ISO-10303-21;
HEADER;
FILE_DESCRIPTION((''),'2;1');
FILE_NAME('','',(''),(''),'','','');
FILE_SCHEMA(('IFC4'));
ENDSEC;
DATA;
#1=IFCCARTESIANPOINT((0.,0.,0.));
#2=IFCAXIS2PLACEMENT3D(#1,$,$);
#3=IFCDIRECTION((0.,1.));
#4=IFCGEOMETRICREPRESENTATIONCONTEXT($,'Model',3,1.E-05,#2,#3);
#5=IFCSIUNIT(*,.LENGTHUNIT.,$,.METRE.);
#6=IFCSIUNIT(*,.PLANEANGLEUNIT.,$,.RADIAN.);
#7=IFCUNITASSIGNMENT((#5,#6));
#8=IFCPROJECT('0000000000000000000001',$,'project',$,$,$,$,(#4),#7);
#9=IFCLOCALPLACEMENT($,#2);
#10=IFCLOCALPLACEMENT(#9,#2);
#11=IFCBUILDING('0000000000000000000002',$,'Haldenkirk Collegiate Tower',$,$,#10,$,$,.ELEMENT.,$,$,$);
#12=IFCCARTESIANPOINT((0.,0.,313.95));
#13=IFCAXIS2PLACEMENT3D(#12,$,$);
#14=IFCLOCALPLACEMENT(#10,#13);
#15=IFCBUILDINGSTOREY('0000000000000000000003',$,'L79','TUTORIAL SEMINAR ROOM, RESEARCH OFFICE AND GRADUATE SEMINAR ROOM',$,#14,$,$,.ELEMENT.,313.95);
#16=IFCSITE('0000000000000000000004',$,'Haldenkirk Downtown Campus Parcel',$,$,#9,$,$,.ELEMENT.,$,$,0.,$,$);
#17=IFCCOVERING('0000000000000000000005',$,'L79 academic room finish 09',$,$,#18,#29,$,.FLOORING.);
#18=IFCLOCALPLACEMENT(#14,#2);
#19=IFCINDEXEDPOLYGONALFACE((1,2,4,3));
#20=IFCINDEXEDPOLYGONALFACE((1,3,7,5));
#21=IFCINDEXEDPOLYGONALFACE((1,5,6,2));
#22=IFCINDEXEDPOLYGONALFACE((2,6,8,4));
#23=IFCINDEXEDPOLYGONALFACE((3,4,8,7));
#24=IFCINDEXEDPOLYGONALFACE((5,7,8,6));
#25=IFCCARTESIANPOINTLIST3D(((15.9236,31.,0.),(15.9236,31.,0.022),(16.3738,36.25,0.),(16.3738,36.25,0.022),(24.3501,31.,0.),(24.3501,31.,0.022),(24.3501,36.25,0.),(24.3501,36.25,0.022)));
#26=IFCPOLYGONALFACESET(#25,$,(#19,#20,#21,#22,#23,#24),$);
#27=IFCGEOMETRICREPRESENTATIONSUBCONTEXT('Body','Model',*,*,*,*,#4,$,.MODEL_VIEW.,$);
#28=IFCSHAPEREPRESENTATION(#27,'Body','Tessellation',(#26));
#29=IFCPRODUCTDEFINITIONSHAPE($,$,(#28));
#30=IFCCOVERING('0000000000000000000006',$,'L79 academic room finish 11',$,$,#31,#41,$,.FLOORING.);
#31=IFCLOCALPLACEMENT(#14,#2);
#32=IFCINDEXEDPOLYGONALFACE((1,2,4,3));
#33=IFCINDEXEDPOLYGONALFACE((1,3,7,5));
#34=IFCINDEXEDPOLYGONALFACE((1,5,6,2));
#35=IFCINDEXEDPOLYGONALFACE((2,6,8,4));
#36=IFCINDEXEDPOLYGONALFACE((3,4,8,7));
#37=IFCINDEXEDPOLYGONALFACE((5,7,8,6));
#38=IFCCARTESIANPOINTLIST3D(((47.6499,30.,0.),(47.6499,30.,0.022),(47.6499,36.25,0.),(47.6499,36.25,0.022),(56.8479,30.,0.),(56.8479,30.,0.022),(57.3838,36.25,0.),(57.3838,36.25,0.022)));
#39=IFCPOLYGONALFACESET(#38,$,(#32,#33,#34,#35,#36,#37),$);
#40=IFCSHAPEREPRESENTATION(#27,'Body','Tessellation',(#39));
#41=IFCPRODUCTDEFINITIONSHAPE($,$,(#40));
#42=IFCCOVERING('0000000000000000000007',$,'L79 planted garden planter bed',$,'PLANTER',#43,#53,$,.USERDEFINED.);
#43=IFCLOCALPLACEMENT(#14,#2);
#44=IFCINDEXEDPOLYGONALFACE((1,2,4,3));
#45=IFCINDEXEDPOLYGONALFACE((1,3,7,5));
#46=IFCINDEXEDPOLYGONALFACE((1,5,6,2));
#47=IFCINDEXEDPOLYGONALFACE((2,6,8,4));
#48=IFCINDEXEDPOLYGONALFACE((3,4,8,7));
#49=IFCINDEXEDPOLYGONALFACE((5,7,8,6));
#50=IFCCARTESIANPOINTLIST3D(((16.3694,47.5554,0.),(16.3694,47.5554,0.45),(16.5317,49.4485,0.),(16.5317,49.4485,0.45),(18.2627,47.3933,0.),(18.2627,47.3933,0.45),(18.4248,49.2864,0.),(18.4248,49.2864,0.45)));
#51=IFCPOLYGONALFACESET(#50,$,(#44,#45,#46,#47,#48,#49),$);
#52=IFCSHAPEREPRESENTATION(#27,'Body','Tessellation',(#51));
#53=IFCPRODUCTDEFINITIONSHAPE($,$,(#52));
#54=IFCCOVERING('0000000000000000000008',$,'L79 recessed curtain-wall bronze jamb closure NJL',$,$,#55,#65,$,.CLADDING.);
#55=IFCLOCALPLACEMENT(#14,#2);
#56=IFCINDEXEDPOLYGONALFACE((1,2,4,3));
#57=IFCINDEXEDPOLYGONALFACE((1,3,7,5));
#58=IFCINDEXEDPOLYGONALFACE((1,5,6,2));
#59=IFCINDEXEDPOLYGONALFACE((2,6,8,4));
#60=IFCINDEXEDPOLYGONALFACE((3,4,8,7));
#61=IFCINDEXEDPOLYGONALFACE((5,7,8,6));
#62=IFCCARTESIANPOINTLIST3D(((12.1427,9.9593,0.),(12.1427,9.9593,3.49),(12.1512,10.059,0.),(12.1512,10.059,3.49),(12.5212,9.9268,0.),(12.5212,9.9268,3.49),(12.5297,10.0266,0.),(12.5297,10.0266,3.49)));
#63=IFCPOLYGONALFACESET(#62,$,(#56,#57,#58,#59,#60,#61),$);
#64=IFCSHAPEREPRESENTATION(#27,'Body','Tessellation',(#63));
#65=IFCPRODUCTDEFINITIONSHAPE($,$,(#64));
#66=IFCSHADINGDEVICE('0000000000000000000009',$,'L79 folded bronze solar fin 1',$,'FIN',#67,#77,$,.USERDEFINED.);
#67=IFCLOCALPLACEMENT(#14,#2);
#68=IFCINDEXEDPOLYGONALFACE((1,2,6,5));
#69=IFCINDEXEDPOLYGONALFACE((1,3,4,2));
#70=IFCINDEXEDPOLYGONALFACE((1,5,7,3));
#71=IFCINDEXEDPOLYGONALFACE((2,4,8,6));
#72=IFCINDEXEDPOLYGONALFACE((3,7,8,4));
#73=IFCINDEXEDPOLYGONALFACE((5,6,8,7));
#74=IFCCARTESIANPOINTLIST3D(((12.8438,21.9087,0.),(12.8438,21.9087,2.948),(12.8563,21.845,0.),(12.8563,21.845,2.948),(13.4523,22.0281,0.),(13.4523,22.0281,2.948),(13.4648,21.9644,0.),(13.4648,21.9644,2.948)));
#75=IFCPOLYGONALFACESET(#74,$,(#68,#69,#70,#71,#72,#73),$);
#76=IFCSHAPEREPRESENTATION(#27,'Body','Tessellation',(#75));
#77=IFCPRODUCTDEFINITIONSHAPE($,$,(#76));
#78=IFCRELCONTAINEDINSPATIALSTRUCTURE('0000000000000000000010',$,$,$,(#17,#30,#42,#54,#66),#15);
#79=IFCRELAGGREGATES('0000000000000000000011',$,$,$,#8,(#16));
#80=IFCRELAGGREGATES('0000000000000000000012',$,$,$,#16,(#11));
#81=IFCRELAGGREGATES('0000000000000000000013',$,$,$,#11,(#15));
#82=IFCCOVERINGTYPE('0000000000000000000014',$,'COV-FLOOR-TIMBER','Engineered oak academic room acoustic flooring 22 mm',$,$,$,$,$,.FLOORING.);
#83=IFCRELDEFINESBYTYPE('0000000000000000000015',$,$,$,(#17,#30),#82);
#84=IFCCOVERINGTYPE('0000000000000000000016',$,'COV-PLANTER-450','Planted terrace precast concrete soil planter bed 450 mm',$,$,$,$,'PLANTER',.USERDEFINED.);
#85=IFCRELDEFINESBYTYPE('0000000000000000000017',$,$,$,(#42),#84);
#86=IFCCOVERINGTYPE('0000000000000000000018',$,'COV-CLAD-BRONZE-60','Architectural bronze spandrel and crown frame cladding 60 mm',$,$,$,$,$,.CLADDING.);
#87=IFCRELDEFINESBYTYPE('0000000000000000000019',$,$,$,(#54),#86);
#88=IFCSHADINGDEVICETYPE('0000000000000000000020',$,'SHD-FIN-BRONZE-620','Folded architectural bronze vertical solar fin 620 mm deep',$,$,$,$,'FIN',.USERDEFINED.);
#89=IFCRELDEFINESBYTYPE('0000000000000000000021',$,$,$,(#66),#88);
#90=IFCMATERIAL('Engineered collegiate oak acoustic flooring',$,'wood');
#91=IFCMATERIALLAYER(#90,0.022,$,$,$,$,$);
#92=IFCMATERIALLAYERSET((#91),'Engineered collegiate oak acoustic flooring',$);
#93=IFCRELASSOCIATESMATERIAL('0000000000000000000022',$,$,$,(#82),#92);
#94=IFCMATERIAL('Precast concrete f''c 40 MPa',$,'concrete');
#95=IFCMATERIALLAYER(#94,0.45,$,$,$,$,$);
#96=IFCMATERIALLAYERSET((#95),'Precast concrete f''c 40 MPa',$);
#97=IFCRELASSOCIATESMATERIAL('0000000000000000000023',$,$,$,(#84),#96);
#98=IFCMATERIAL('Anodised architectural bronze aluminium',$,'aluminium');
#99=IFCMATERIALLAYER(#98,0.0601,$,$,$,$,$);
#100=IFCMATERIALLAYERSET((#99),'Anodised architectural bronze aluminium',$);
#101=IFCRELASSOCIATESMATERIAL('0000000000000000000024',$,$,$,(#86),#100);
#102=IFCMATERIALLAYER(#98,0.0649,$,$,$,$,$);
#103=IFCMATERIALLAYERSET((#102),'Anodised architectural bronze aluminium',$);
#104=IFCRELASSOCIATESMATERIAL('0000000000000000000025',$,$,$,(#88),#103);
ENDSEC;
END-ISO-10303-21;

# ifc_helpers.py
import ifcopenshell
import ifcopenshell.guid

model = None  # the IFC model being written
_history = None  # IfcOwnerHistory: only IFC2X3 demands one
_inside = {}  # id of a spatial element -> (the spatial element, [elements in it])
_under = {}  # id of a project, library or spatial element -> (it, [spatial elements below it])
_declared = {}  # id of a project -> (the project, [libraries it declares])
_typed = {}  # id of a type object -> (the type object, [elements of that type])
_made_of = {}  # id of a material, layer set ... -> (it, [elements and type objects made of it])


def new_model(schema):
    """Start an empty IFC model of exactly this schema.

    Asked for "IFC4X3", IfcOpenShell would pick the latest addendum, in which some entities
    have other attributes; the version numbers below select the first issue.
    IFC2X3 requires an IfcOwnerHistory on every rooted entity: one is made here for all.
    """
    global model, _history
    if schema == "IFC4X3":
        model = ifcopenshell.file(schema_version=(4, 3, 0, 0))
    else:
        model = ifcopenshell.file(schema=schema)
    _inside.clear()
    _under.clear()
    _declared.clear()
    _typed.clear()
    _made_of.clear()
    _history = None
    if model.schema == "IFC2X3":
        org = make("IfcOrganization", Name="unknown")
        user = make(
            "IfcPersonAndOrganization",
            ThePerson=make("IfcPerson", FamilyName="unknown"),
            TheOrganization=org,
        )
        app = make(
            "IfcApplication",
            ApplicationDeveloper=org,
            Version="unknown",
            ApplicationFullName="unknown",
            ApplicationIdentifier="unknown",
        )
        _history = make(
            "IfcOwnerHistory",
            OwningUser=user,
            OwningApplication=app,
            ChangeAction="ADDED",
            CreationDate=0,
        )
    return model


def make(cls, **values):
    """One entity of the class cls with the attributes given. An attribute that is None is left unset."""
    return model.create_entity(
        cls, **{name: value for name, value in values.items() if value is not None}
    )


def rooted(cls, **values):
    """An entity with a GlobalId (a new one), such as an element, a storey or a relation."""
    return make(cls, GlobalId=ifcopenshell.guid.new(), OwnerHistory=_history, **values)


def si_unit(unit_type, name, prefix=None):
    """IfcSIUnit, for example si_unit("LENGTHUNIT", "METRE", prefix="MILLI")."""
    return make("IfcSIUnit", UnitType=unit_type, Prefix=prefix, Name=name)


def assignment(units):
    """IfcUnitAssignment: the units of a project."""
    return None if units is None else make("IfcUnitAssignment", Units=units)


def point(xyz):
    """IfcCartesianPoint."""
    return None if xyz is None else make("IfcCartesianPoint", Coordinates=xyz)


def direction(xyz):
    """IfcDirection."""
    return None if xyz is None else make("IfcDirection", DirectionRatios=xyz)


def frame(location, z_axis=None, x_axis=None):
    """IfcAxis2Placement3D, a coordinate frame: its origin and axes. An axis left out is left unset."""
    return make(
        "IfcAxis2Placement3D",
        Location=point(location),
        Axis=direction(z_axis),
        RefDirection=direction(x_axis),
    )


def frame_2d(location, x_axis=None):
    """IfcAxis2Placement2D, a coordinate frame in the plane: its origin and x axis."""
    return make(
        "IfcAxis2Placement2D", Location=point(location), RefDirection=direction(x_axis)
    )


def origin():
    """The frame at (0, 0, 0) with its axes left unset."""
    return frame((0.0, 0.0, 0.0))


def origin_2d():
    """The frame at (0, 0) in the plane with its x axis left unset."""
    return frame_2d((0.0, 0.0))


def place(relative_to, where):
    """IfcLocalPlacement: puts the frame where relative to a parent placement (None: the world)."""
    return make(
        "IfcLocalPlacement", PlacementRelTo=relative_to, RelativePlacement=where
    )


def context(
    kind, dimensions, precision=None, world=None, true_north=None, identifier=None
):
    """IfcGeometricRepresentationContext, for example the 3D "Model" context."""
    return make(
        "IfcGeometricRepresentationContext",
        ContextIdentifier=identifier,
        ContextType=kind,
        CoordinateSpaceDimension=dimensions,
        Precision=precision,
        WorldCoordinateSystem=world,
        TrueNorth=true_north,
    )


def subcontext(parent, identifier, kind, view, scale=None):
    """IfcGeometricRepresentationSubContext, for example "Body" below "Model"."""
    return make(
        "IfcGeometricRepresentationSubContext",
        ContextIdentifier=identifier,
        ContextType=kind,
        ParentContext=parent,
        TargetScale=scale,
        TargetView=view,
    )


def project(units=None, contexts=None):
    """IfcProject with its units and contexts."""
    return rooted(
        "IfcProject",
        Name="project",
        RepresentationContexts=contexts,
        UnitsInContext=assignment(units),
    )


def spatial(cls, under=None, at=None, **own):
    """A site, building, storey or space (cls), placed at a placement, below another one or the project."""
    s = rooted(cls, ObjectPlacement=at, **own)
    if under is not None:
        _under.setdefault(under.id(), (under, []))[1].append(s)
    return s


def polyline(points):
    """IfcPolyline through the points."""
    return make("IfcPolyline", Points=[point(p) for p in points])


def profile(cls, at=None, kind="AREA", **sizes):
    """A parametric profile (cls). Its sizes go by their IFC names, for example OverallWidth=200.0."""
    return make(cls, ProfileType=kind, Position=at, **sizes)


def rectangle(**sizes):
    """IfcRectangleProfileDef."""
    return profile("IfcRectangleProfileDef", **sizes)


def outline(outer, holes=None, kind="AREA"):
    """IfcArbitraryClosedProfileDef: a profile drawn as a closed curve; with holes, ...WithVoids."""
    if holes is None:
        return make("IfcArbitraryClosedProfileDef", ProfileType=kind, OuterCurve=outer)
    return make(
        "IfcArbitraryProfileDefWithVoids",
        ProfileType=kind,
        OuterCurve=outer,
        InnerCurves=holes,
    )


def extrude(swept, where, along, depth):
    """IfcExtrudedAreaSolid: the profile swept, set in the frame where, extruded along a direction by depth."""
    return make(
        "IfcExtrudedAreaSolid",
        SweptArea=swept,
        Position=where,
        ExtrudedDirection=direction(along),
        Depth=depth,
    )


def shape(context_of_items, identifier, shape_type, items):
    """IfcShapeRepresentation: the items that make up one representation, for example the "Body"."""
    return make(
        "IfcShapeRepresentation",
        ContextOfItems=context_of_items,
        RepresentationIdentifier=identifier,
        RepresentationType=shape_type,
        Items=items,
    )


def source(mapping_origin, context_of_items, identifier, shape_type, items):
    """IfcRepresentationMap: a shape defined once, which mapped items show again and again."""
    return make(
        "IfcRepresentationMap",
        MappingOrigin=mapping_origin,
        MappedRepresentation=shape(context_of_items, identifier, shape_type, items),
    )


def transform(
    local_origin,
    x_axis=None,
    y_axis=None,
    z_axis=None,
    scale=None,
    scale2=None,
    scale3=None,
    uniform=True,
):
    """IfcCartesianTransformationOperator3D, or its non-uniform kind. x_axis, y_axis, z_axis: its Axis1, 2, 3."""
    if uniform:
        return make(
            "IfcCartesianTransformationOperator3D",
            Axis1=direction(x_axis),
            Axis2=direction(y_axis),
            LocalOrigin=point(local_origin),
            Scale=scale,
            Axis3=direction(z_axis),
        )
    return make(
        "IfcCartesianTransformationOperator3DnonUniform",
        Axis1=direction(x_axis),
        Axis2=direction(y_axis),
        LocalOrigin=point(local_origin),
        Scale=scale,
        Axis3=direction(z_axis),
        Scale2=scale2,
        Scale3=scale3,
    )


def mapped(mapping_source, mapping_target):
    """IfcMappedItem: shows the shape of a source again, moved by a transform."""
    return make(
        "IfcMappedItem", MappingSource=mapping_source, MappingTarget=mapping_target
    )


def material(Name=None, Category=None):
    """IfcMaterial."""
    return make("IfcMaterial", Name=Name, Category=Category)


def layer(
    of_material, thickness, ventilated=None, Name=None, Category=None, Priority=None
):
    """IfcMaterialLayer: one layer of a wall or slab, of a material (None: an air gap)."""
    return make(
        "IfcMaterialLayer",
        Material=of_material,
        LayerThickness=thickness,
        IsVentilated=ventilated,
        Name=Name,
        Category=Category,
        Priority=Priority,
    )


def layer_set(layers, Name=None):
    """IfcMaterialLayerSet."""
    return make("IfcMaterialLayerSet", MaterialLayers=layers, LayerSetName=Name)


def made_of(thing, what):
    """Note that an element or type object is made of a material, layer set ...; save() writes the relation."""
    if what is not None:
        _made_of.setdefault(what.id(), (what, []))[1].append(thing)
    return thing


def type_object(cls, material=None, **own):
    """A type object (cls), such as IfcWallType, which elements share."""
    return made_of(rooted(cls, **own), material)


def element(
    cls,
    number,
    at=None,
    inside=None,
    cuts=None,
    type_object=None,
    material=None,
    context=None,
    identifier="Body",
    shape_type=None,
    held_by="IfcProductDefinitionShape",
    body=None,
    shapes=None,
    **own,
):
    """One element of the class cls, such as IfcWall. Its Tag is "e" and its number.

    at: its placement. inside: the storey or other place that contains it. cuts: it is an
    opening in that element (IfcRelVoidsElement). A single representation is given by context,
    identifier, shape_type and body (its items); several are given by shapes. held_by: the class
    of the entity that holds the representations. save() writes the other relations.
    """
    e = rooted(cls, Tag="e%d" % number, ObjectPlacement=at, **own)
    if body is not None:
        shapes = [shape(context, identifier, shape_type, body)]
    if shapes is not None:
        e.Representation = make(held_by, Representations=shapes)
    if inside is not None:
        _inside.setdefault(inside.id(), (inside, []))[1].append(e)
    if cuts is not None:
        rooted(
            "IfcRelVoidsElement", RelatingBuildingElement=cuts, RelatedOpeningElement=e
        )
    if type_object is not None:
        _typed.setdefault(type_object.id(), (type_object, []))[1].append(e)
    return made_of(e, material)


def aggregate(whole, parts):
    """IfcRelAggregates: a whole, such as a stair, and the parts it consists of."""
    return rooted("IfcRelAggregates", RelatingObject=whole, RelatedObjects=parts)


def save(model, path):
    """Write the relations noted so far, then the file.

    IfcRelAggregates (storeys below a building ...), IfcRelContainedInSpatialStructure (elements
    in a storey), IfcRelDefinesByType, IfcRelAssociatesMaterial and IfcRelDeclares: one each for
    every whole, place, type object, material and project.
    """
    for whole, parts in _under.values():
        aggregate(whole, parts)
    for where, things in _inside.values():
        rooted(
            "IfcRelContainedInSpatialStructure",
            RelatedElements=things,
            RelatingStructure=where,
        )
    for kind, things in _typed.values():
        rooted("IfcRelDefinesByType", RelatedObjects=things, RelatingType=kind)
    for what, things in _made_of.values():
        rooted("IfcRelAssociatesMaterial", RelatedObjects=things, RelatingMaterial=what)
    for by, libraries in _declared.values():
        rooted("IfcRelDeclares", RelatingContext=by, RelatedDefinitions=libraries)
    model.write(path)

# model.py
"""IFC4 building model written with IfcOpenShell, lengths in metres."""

from ifc_helpers import new_model, si_unit, direction, frame, origin, origin_2d, place, context, subcontext, project, spatial, polyline, rectangle, outline, extrude, source, transform, mapped, material, layer, layer_set, type_object, element, save


model = new_model("IFC4")

# Units and contexts
model_context = context("Model", 3, precision=1e-05, world=origin(), true_north=direction((0.0, 1.0)))
body_context = subcontext(model_context, "Body", "Model", "MODEL_VIEW")
ifc_project = project(units=[si_unit("LENGTHUNIT", "METRE"), si_unit("PLANEANGLEUNIT", "RADIAN")], contexts=[model_context])

# Site, building, storey
site_placement = place(None, origin())
site = spatial("IfcSite", under=ifc_project, at=site_placement, Name="Haldenkirk Downtown Campus Parcel", CompositionType="ELEMENT", RefElevation=0.0)
building_placement = place(site_placement, origin())
building = spatial("IfcBuilding", under=site, at=building_placement, Name="Haldenkirk Collegiate Tower", CompositionType="ELEMENT")
storey_placement = place(building_placement, frame((0.0, 0.0, 313.95)))
storey = spatial("IfcBuildingStorey", under=building, at=storey_placement, Name="L79", Description="TUTORIAL SEMINAR ROOM, RESEARCH OFFICE AND GRADUATE SEMINAR ROOM", CompositionType="ELEMENT", Elevation=313.95)

# Shared definitions
ifc_material_1 = material(Name="Anodised architectural bronze aluminium", Category="aluminium")

# Shared definitions
ifc_material_2 = material(Name="Precast concrete f'c 40 MPa", Category="concrete")

# Coverings
ifc_material_3 = material(Name="Engineered collegiate oak acoustic flooring", Category="wood")
ifc_layer_1 = layer(ifc_material_3, 0.022)
ifc_layer_set_1 = layer_set([ifc_layer_1], Name="Engineered collegiate oak acoustic flooring")
covering_type_1 = type_object("IfcCoveringType", Name="COV-FLOOR-TIMBER", Description="Engineered oak academic room acoustic flooring 22 mm", PredefinedType="FLOORING", material=ifc_layer_set_1)
covering_1_placement = place(storey_placement, origin())
element("IfcCovering", 1, at=covering_1_placement, inside=storey, type_object=covering_type_1, Name="L79 academic room finish 09", PredefinedType="FLOORING", context=body_context, shape_type="SweptSolid", body=[
    extrude(outline(polyline([(16.3738, 36.25), (24.3501, 36.25), (24.3501, 31.0), (15.9236, 31.0), (16.3738, 36.25)])), origin(), (0.0, 0.0, 1.0), 0.022),
])
covering_2_placement = place(storey_placement, origin())
element("IfcCovering", 2, at=covering_2_placement, inside=storey, type_object=covering_type_1, Name="L79 academic room finish 11", PredefinedType="FLOORING", context=body_context, shape_type="SweptSolid", body=[
    extrude(outline(polyline([(56.8479, 30.0), (47.6499, 30.0), (47.6499, 36.25), (57.3838, 36.25), (56.8479, 30.0)])), origin(), (0.0, 0.0, 1.0), 0.022),
])
ifc_layer_2 = layer(ifc_material_2, 0.45)
ifc_layer_set_2 = layer_set([ifc_layer_2], Name="Precast concrete f'c 40 MPa")
covering_type_2 = type_object("IfcCoveringType", Name="COV-PLANTER-450", Description="Planted terrace precast concrete soil planter bed 450 mm", ElementType="PLANTER", PredefinedType="USERDEFINED", material=ifc_layer_set_2)
covering_3_placement = place(storey_placement, origin())
element("IfcCovering", 3, at=covering_3_placement, inside=storey, type_object=covering_type_2, Name="L79 planted garden planter bed", ObjectType="PLANTER", PredefinedType="USERDEFINED", context=body_context, shape_type="SweptSolid", body=[
    extrude(outline(polyline([(18.2627, 47.3933), (16.3694, 47.5554), (16.5317, 49.4485), (18.4248, 49.2864), (18.2627, 47.3933)])), origin(), (0.0, 0.0, 1.0), 0.45),
])
ifc_layer_3 = layer(ifc_material_1, 0.0601)
ifc_layer_set_3 = layer_set([ifc_layer_3], Name="Anodised architectural bronze aluminium")
covering_type_3 = type_object("IfcCoveringType", Name="COV-CLAD-BRONZE-60", Description="Architectural bronze spandrel and crown frame cladding 60 mm", PredefinedType="CLADDING", material=ifc_layer_set_3)
shared_shape_1 = source(origin(), body_context, "Body", "SweptSolid", [
    extrude(rectangle(XDim=0.1001, YDim=0.3799, at=origin_2d()), origin(), (0.0, 0.0, 1.0), 3.49),
])
covering_4_placement = place(storey_placement, frame((12.3362, 9.9929, 0.0), z_axis=(0.0, 0.0, 1.0), x_axis=(0.085417, 0.996345, 0.0)))
element("IfcCovering", 4, at=covering_4_placement, inside=storey, type_object=covering_type_3, Name="L79 recessed curtain-wall bronze jamb closure NJL", PredefinedType="CLADDING", context=body_context, shape_type="MappedRepresentation", body=[
    mapped(shared_shape_1, transform((0.0, 0.0, 0.0), x_axis=(1.0, 0.0, 0.0), y_axis=(0.0, 1.0, 0.0), z_axis=(0.0, 0.0, 1.0), scale=1.0)),
])

# Shading device
ifc_layer_4 = layer(ifc_material_1, 0.0649)
ifc_layer_set_4 = layer_set([ifc_layer_4], Name="Anodised architectural bronze aluminium")
shading_device_type = type_object("IfcShadingDeviceType", Name="SHD-FIN-BRONZE-620", Description="Folded architectural bronze vertical solar fin 620 mm deep", ElementType="FIN", PredefinedType="USERDEFINED", material=ifc_layer_set_4)
shared_shape_2 = source(origin(), body_context, "Body", "SweptSolid", [
    extrude(rectangle(XDim=0.6201, YDim=0.0649, at=origin_2d()), origin(), (0.0, 0.0, 1.0), 2.948),
])
shading_device_placement = place(storey_placement, frame((13.1543, 21.9365, 0.0), z_axis=(0.0, 0.0, 1.0), x_axis=(-0.981293, -0.192522, 0.0)))
element("IfcShadingDevice", 5, at=shading_device_placement, inside=storey, type_object=shading_device_type, Name="L79 folded bronze solar fin 1", ObjectType="FIN", PredefinedType="USERDEFINED", context=body_context, shape_type="MappedRepresentation", body=[
    mapped(shared_shape_2, transform((0.0, 0.0, 0.0), x_axis=(1.0, 0.0, 0.0), y_axis=(0.0, 1.0, 0.0), z_axis=(0.0, 0.0, 1.0), scale=1.0)),
])

save(model, "model.ifc")
